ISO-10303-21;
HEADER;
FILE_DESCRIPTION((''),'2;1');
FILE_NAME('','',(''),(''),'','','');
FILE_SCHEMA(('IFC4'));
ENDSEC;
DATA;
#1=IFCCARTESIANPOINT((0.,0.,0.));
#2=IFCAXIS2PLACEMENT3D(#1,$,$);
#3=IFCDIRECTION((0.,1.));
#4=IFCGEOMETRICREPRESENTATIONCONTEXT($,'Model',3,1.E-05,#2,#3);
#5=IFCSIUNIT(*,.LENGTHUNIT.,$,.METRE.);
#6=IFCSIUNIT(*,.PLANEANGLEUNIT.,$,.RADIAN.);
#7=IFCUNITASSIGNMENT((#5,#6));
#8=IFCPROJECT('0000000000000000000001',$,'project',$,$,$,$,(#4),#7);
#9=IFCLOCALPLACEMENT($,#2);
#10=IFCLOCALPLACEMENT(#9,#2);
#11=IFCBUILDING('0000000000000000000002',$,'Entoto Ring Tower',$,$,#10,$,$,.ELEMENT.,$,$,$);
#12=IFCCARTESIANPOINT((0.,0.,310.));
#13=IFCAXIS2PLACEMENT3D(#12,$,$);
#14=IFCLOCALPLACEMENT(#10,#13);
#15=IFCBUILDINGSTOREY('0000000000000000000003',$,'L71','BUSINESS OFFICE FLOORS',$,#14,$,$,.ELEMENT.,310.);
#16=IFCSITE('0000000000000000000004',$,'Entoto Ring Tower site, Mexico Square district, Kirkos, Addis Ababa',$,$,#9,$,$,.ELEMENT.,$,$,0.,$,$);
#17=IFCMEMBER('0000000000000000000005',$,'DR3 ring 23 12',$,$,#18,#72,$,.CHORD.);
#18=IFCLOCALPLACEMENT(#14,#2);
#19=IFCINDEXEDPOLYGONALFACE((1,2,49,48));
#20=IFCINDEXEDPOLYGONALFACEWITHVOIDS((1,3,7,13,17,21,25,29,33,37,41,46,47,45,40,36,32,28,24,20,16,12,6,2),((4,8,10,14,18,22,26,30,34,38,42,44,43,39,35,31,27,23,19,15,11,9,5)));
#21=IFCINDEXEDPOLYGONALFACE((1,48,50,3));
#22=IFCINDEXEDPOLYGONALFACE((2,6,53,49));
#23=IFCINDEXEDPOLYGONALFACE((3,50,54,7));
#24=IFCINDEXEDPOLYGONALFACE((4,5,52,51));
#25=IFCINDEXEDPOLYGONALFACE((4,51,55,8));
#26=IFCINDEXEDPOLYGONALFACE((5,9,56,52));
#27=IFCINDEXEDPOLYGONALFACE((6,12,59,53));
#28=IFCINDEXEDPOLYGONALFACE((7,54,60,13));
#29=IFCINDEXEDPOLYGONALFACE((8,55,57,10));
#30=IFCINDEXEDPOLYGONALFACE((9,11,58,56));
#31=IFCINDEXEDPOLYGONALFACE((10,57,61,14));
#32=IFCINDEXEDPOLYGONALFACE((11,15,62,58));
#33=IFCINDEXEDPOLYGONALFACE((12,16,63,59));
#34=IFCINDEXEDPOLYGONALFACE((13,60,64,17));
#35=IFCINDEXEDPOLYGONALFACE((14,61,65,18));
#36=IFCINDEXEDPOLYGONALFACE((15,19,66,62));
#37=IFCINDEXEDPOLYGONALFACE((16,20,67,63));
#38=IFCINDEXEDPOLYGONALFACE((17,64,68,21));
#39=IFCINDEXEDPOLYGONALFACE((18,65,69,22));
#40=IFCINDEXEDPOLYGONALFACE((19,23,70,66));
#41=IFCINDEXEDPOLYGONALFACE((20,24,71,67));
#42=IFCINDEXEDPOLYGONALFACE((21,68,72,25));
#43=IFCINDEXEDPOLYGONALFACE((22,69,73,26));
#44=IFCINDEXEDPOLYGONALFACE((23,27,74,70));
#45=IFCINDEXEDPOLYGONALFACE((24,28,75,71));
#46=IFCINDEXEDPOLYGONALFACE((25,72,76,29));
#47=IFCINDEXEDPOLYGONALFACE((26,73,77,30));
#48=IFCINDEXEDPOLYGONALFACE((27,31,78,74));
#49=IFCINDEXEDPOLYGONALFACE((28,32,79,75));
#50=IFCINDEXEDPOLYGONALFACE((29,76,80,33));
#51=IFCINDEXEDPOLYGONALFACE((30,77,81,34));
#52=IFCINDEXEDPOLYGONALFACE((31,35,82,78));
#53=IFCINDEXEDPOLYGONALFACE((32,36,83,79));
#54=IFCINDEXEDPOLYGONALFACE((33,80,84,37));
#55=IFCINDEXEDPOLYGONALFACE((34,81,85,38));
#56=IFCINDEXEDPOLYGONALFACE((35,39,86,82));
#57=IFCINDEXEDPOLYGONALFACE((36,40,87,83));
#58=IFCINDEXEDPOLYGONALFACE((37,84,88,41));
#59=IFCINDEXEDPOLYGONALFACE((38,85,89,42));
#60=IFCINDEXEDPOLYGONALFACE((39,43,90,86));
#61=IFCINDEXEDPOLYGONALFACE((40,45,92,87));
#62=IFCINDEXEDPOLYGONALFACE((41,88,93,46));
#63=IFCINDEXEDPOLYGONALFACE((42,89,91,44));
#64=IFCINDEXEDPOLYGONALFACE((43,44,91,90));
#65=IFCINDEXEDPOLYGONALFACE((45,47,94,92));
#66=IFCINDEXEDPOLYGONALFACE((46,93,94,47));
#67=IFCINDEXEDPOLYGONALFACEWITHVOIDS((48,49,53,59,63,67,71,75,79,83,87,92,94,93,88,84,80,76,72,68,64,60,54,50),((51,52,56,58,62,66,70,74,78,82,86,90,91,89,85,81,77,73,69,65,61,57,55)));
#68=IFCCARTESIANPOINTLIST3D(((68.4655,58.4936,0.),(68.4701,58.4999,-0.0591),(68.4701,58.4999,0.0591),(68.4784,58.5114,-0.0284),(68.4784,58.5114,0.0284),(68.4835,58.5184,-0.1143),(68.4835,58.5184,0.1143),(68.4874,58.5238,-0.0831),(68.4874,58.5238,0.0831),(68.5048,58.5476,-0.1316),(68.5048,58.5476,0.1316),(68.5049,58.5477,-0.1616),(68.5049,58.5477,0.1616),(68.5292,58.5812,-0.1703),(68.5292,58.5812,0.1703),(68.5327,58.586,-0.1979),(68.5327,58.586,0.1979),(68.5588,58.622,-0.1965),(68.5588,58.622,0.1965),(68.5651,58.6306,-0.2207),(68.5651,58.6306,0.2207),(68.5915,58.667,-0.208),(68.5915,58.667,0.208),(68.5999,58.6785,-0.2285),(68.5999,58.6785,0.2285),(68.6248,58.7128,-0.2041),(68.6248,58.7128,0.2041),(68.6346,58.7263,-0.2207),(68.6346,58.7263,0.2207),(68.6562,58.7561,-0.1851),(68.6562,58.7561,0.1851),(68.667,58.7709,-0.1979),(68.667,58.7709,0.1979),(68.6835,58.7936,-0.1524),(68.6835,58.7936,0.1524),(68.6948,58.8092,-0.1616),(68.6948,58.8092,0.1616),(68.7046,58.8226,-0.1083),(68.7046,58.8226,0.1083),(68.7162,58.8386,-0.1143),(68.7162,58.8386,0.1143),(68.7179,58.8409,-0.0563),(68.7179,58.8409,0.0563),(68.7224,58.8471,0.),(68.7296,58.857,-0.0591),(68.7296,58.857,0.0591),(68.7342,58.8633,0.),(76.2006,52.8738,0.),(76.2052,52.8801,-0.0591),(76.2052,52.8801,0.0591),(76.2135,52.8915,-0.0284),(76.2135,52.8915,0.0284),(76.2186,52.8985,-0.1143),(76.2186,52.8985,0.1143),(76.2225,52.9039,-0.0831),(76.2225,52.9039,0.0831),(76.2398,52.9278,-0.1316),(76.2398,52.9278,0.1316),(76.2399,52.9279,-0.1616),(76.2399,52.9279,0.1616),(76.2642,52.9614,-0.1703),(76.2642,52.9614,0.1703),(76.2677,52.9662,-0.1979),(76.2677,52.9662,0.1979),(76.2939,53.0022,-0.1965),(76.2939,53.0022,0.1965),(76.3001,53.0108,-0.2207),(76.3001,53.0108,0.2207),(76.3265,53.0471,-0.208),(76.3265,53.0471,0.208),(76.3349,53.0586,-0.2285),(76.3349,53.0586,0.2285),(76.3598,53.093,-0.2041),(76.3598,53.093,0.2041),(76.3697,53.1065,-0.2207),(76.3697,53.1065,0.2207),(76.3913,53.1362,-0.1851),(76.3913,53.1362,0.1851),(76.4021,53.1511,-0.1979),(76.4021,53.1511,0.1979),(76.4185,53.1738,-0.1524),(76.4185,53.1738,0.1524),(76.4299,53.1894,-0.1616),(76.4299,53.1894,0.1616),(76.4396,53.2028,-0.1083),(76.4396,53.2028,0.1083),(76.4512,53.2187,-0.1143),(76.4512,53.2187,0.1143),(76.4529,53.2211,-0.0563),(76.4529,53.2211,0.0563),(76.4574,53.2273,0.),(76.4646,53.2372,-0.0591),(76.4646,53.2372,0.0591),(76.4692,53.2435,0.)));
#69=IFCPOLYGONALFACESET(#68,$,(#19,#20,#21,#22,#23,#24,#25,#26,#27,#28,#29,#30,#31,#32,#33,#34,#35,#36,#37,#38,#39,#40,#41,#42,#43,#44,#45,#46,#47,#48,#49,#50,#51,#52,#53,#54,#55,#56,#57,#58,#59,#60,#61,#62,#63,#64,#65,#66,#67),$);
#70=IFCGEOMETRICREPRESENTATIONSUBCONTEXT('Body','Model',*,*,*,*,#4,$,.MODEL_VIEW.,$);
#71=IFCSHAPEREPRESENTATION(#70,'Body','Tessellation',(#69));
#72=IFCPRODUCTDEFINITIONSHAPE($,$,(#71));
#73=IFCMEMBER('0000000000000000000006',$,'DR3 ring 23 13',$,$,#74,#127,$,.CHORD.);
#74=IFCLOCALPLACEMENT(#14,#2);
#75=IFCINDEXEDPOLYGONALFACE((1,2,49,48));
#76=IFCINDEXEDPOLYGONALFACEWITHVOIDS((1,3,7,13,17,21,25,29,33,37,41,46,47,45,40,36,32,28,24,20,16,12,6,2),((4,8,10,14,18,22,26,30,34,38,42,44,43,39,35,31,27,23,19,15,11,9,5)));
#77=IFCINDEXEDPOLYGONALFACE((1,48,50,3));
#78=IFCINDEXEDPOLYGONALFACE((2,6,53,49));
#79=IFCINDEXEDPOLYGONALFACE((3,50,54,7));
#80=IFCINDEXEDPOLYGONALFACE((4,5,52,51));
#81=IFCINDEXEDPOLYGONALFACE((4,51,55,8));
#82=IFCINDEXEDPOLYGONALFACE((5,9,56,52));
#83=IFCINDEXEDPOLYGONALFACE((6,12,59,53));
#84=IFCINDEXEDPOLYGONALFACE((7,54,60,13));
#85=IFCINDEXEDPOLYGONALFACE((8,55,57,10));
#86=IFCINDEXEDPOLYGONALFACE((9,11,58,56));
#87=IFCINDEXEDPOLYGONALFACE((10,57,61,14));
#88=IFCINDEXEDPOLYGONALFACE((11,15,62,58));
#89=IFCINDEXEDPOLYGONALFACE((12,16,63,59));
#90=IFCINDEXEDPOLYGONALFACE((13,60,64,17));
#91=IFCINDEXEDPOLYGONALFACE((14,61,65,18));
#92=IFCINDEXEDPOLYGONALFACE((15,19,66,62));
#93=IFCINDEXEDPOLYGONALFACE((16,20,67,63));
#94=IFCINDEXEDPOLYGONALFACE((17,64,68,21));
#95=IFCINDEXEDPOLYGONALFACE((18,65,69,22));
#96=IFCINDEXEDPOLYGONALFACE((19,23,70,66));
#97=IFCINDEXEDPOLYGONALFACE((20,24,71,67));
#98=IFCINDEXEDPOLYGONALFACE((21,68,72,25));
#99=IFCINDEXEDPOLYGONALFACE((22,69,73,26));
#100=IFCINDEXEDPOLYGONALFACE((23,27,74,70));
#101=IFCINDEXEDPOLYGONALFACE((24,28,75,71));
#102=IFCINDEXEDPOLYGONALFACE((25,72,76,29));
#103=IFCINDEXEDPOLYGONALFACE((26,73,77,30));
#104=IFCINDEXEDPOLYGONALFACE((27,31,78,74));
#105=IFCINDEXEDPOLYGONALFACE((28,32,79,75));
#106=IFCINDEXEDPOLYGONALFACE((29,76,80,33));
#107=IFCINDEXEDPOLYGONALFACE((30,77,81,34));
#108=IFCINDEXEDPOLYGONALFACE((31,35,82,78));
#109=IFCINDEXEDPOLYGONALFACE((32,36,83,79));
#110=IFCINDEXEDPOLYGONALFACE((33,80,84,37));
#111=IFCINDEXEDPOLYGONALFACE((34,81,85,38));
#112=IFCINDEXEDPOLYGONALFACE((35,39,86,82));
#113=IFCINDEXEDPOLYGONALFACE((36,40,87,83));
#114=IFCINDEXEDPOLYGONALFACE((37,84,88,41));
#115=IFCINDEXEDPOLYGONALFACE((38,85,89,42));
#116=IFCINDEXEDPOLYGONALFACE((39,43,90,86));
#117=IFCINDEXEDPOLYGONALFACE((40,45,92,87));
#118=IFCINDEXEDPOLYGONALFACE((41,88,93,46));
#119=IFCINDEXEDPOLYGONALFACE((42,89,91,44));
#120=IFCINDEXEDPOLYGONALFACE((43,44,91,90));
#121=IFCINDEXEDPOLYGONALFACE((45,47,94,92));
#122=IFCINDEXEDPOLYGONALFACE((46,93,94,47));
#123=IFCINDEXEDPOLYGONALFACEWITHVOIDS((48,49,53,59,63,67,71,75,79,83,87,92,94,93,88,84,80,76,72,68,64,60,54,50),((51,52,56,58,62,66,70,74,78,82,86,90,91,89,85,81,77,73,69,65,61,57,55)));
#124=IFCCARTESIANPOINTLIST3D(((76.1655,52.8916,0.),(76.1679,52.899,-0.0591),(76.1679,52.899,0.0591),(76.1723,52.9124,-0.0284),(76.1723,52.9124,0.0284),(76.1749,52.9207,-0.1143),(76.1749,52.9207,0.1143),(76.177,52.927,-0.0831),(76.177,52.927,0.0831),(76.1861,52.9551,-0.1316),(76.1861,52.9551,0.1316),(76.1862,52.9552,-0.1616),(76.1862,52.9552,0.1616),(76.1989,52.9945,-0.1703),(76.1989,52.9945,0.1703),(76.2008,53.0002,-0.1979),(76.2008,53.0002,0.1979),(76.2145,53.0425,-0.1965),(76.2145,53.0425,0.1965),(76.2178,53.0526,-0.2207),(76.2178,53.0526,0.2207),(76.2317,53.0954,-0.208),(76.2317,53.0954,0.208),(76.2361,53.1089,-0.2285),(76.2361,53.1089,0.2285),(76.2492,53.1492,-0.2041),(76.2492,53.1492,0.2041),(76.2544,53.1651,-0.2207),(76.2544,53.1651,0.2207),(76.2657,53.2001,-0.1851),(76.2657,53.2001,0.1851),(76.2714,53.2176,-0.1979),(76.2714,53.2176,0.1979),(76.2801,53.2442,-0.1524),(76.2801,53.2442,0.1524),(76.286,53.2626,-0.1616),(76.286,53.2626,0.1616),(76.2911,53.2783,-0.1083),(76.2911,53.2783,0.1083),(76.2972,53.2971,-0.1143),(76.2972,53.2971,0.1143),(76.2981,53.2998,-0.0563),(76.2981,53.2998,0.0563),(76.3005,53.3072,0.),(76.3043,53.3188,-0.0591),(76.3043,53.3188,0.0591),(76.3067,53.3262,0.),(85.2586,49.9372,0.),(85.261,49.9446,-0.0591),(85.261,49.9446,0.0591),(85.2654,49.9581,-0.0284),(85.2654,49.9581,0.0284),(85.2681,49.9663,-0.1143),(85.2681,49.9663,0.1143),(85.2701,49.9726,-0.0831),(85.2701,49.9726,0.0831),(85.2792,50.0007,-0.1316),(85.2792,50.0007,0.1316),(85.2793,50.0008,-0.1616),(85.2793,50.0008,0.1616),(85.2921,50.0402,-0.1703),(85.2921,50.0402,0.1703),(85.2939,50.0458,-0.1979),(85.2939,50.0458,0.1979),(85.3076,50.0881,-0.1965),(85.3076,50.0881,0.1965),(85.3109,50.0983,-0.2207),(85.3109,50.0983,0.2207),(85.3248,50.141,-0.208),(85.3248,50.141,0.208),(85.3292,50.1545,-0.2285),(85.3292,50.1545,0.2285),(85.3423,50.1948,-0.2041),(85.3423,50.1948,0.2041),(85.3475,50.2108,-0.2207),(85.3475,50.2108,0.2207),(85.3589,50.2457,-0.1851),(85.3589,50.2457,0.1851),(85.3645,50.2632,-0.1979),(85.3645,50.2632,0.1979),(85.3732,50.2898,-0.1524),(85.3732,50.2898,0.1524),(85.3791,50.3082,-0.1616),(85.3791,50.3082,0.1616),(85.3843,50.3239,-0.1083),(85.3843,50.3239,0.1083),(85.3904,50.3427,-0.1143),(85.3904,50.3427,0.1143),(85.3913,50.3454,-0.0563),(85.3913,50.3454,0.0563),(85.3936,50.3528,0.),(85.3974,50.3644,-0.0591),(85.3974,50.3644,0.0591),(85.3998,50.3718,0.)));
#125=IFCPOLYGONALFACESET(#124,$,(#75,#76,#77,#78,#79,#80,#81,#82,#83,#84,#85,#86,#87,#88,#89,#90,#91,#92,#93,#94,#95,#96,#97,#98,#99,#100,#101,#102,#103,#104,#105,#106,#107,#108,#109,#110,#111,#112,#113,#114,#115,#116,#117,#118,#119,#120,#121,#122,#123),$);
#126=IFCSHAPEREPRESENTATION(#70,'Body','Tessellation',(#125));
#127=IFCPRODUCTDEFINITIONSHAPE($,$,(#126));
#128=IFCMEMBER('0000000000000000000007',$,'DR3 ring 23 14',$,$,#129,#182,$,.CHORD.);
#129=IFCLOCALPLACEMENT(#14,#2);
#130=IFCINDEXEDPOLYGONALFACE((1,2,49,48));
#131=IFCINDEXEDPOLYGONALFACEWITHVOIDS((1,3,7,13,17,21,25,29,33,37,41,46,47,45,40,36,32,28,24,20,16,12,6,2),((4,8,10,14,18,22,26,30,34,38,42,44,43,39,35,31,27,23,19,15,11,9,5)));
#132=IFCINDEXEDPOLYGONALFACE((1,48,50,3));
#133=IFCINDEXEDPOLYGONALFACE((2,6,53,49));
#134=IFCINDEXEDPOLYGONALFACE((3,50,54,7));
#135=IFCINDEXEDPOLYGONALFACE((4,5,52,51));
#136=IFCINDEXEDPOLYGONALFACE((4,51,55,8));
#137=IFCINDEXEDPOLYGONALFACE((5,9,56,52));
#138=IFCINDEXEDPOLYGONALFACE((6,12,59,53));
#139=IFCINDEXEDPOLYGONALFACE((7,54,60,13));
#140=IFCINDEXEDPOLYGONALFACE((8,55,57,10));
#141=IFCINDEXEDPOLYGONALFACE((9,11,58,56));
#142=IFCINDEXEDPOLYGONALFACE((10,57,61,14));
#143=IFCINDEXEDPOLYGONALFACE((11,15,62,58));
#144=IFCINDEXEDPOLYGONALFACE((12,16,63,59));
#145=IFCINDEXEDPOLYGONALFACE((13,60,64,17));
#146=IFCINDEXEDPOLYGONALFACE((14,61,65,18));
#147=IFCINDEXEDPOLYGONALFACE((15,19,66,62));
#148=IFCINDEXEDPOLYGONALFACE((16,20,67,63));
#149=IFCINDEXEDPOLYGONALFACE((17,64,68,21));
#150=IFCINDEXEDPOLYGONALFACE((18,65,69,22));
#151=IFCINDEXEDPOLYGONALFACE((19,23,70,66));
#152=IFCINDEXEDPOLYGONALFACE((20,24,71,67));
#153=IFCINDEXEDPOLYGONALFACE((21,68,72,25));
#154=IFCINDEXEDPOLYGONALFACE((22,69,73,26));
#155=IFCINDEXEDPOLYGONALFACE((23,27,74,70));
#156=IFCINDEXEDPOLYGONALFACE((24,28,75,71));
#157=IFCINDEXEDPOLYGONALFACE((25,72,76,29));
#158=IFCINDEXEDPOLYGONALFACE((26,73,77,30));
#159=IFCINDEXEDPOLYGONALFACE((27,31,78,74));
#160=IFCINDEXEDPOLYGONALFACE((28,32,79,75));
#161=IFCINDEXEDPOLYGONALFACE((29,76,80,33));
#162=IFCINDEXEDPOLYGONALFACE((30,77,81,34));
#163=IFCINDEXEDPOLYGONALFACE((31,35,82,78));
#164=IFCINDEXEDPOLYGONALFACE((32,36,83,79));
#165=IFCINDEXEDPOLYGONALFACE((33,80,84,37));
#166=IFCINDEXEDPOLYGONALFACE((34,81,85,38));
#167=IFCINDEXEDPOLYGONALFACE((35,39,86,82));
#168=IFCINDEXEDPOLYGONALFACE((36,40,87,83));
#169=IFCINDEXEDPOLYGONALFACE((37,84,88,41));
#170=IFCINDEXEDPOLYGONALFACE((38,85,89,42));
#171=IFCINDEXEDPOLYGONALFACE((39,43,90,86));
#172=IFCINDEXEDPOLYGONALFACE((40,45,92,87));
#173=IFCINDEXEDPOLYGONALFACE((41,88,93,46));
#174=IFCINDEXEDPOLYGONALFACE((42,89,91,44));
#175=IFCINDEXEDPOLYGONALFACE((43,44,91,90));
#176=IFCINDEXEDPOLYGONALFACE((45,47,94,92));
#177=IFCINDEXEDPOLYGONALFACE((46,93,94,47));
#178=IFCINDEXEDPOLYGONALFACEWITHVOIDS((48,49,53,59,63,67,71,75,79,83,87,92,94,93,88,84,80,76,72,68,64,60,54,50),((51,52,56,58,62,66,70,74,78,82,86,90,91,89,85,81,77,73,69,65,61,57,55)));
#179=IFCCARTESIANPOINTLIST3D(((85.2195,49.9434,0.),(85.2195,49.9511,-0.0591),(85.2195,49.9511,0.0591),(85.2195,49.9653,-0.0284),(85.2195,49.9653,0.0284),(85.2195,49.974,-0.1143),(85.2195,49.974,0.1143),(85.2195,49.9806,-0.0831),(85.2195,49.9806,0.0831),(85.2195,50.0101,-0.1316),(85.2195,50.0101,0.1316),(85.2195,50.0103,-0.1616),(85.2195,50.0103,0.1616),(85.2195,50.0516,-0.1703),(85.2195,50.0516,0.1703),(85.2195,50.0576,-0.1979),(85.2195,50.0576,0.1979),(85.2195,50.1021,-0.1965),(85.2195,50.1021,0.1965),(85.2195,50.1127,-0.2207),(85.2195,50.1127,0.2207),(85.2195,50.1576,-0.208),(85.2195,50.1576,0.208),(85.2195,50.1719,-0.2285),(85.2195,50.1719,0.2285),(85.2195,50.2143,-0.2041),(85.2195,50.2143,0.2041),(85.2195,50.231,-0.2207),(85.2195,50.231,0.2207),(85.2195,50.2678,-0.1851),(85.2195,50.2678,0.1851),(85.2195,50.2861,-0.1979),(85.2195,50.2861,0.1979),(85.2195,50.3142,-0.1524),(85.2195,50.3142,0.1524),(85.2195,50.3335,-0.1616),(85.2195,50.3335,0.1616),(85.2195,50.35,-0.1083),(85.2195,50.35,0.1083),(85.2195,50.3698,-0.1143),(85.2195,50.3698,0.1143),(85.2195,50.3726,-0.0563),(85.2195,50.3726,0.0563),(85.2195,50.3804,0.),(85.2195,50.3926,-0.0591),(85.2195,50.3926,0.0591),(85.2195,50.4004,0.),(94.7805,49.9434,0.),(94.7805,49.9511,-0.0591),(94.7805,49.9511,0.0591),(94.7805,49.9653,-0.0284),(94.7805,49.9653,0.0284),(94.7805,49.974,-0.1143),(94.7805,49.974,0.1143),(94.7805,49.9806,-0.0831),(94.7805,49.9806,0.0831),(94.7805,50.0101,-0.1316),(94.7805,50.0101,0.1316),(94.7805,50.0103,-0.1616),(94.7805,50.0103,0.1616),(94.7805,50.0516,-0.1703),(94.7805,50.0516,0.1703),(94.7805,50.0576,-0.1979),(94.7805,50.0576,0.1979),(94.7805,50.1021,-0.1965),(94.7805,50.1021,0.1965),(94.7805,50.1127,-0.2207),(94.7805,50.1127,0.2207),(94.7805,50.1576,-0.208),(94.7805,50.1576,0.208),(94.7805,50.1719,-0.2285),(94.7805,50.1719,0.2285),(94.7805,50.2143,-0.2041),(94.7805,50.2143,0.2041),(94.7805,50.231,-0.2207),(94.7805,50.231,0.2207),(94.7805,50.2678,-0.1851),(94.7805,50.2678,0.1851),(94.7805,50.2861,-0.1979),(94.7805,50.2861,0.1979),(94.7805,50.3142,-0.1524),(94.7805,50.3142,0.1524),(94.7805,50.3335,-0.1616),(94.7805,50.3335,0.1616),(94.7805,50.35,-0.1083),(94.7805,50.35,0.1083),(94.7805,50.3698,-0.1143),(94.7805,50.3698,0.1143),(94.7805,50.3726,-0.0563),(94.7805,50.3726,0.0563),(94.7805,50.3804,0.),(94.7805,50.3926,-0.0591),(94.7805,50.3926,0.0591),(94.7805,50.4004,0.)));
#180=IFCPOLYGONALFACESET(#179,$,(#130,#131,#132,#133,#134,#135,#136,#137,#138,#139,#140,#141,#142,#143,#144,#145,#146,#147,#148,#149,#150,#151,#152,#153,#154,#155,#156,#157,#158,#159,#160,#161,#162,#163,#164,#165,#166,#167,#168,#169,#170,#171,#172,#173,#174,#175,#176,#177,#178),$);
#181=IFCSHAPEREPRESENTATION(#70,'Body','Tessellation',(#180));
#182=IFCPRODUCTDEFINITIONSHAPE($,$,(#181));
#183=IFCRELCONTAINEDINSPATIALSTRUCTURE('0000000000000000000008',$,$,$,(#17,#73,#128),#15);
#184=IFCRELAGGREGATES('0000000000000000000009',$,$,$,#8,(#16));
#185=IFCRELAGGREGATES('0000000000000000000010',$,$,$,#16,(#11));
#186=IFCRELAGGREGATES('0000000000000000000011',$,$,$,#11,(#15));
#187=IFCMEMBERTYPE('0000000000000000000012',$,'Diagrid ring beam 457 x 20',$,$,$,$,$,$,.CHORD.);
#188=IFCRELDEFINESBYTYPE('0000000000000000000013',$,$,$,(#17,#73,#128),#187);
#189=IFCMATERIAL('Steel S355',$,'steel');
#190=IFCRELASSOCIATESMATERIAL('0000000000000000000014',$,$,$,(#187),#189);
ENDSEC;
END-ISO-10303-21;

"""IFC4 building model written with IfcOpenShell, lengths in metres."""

from ifc_helpers import new_model, si_unit, direction, frame, origin, origin_2d, place, context, subcontext, project, spatial, circle, hollow_circle, extrude, material, material_profile, profile_set, type_object, element, save


model = new_model("IFC4")

# Units and contexts
model_context = context("Model", 3, precision=1e-05, world=origin(), true_north=direction((0.0, 1.0)))
body_context = subcontext(model_context, "Body", "Model", "MODEL_VIEW")
ifc_project = project(units=[si_unit("LENGTHUNIT", "METRE"), si_unit("PLANEANGLEUNIT", "RADIAN")], contexts=[model_context])

# Site, building, storey
site_placement = place(None, origin())
site = spatial("IfcSite", under=ifc_project, at=site_placement, Name="Entoto Ring Tower site, Mexico Square district, Kirkos, Addis Ababa", CompositionType="ELEMENT", RefElevation=0.0)
building_placement = place(site_placement, origin())
building = spatial("IfcBuilding", under=site, at=building_placement, Name="Entoto Ring Tower", CompositionType="ELEMENT")
storey_placement = place(building_placement, frame((0.0, 0.0, 310.0)))
storey = spatial("IfcBuildingStorey", under=building, at=storey_placement, Name="L71", Description="BUSINESS OFFICE FLOORS", CompositionType="ELEMENT", Elevation=310.0)

# Members
ifc_material_1 = material(Name="Steel S355", Category="steel")
ifc_material_profile_1 = material_profile(ifc_material_1, hollow_circle(Radius=0.2285, WallThickness=0.02, at=origin_2d()), Name="CHS 457 x 20")
ifc_material_2 = material(Name="Concrete C60/75", Category="concrete")
ifc_material_profile_2 = material_profile(ifc_material_2, circle(Radius=0.2085, at=origin_2d()), Name="Concrete C60/75 infill")
ifc_profile_set_1 = profile_set([ifc_material_profile_1, ifc_material_profile_2], Name="Steel S355")
member_type_1 = type_object("IfcMemberType", Name="Diagrid ring beam 457 x 20", PredefinedType="CHORD", material=ifc_profile_set_1)
for number, where, z_axis, x_axis, name in (
    (1, (68.5999, 58.6785, 0.0), (0.809018, -0.587784, 0.0), (0.587784, 0.809018, 0.0), "DR3 ring 23 12"),
    (2, (76.2361, 53.1089, 0.0), (0.951061, -0.309002, 0.0), (0.309002, 0.951061, 0.0), "DR3 ring 23 13"),
    (3, (85.2195, 50.1719, 0.0), (1.0, 0.0, 0.0), (0.0, 1.0, 0.0), "DR3 ring 23 14"),
):
    element("IfcMember", number, at=place(storey_placement, frame(where, z_axis=z_axis, x_axis=x_axis)), inside=storey, type_object=member_type_1, Name=name, PredefinedType="CHORD", context=body_context, shape_type="SweptSolid", body=[
        extrude(hollow_circle(Radius=0.2285, WallThickness=0.02, at=origin_2d()), origin(), (0.0, 0.0, 1.0), 9.561),
    ])

save(model, "model.ifc")
